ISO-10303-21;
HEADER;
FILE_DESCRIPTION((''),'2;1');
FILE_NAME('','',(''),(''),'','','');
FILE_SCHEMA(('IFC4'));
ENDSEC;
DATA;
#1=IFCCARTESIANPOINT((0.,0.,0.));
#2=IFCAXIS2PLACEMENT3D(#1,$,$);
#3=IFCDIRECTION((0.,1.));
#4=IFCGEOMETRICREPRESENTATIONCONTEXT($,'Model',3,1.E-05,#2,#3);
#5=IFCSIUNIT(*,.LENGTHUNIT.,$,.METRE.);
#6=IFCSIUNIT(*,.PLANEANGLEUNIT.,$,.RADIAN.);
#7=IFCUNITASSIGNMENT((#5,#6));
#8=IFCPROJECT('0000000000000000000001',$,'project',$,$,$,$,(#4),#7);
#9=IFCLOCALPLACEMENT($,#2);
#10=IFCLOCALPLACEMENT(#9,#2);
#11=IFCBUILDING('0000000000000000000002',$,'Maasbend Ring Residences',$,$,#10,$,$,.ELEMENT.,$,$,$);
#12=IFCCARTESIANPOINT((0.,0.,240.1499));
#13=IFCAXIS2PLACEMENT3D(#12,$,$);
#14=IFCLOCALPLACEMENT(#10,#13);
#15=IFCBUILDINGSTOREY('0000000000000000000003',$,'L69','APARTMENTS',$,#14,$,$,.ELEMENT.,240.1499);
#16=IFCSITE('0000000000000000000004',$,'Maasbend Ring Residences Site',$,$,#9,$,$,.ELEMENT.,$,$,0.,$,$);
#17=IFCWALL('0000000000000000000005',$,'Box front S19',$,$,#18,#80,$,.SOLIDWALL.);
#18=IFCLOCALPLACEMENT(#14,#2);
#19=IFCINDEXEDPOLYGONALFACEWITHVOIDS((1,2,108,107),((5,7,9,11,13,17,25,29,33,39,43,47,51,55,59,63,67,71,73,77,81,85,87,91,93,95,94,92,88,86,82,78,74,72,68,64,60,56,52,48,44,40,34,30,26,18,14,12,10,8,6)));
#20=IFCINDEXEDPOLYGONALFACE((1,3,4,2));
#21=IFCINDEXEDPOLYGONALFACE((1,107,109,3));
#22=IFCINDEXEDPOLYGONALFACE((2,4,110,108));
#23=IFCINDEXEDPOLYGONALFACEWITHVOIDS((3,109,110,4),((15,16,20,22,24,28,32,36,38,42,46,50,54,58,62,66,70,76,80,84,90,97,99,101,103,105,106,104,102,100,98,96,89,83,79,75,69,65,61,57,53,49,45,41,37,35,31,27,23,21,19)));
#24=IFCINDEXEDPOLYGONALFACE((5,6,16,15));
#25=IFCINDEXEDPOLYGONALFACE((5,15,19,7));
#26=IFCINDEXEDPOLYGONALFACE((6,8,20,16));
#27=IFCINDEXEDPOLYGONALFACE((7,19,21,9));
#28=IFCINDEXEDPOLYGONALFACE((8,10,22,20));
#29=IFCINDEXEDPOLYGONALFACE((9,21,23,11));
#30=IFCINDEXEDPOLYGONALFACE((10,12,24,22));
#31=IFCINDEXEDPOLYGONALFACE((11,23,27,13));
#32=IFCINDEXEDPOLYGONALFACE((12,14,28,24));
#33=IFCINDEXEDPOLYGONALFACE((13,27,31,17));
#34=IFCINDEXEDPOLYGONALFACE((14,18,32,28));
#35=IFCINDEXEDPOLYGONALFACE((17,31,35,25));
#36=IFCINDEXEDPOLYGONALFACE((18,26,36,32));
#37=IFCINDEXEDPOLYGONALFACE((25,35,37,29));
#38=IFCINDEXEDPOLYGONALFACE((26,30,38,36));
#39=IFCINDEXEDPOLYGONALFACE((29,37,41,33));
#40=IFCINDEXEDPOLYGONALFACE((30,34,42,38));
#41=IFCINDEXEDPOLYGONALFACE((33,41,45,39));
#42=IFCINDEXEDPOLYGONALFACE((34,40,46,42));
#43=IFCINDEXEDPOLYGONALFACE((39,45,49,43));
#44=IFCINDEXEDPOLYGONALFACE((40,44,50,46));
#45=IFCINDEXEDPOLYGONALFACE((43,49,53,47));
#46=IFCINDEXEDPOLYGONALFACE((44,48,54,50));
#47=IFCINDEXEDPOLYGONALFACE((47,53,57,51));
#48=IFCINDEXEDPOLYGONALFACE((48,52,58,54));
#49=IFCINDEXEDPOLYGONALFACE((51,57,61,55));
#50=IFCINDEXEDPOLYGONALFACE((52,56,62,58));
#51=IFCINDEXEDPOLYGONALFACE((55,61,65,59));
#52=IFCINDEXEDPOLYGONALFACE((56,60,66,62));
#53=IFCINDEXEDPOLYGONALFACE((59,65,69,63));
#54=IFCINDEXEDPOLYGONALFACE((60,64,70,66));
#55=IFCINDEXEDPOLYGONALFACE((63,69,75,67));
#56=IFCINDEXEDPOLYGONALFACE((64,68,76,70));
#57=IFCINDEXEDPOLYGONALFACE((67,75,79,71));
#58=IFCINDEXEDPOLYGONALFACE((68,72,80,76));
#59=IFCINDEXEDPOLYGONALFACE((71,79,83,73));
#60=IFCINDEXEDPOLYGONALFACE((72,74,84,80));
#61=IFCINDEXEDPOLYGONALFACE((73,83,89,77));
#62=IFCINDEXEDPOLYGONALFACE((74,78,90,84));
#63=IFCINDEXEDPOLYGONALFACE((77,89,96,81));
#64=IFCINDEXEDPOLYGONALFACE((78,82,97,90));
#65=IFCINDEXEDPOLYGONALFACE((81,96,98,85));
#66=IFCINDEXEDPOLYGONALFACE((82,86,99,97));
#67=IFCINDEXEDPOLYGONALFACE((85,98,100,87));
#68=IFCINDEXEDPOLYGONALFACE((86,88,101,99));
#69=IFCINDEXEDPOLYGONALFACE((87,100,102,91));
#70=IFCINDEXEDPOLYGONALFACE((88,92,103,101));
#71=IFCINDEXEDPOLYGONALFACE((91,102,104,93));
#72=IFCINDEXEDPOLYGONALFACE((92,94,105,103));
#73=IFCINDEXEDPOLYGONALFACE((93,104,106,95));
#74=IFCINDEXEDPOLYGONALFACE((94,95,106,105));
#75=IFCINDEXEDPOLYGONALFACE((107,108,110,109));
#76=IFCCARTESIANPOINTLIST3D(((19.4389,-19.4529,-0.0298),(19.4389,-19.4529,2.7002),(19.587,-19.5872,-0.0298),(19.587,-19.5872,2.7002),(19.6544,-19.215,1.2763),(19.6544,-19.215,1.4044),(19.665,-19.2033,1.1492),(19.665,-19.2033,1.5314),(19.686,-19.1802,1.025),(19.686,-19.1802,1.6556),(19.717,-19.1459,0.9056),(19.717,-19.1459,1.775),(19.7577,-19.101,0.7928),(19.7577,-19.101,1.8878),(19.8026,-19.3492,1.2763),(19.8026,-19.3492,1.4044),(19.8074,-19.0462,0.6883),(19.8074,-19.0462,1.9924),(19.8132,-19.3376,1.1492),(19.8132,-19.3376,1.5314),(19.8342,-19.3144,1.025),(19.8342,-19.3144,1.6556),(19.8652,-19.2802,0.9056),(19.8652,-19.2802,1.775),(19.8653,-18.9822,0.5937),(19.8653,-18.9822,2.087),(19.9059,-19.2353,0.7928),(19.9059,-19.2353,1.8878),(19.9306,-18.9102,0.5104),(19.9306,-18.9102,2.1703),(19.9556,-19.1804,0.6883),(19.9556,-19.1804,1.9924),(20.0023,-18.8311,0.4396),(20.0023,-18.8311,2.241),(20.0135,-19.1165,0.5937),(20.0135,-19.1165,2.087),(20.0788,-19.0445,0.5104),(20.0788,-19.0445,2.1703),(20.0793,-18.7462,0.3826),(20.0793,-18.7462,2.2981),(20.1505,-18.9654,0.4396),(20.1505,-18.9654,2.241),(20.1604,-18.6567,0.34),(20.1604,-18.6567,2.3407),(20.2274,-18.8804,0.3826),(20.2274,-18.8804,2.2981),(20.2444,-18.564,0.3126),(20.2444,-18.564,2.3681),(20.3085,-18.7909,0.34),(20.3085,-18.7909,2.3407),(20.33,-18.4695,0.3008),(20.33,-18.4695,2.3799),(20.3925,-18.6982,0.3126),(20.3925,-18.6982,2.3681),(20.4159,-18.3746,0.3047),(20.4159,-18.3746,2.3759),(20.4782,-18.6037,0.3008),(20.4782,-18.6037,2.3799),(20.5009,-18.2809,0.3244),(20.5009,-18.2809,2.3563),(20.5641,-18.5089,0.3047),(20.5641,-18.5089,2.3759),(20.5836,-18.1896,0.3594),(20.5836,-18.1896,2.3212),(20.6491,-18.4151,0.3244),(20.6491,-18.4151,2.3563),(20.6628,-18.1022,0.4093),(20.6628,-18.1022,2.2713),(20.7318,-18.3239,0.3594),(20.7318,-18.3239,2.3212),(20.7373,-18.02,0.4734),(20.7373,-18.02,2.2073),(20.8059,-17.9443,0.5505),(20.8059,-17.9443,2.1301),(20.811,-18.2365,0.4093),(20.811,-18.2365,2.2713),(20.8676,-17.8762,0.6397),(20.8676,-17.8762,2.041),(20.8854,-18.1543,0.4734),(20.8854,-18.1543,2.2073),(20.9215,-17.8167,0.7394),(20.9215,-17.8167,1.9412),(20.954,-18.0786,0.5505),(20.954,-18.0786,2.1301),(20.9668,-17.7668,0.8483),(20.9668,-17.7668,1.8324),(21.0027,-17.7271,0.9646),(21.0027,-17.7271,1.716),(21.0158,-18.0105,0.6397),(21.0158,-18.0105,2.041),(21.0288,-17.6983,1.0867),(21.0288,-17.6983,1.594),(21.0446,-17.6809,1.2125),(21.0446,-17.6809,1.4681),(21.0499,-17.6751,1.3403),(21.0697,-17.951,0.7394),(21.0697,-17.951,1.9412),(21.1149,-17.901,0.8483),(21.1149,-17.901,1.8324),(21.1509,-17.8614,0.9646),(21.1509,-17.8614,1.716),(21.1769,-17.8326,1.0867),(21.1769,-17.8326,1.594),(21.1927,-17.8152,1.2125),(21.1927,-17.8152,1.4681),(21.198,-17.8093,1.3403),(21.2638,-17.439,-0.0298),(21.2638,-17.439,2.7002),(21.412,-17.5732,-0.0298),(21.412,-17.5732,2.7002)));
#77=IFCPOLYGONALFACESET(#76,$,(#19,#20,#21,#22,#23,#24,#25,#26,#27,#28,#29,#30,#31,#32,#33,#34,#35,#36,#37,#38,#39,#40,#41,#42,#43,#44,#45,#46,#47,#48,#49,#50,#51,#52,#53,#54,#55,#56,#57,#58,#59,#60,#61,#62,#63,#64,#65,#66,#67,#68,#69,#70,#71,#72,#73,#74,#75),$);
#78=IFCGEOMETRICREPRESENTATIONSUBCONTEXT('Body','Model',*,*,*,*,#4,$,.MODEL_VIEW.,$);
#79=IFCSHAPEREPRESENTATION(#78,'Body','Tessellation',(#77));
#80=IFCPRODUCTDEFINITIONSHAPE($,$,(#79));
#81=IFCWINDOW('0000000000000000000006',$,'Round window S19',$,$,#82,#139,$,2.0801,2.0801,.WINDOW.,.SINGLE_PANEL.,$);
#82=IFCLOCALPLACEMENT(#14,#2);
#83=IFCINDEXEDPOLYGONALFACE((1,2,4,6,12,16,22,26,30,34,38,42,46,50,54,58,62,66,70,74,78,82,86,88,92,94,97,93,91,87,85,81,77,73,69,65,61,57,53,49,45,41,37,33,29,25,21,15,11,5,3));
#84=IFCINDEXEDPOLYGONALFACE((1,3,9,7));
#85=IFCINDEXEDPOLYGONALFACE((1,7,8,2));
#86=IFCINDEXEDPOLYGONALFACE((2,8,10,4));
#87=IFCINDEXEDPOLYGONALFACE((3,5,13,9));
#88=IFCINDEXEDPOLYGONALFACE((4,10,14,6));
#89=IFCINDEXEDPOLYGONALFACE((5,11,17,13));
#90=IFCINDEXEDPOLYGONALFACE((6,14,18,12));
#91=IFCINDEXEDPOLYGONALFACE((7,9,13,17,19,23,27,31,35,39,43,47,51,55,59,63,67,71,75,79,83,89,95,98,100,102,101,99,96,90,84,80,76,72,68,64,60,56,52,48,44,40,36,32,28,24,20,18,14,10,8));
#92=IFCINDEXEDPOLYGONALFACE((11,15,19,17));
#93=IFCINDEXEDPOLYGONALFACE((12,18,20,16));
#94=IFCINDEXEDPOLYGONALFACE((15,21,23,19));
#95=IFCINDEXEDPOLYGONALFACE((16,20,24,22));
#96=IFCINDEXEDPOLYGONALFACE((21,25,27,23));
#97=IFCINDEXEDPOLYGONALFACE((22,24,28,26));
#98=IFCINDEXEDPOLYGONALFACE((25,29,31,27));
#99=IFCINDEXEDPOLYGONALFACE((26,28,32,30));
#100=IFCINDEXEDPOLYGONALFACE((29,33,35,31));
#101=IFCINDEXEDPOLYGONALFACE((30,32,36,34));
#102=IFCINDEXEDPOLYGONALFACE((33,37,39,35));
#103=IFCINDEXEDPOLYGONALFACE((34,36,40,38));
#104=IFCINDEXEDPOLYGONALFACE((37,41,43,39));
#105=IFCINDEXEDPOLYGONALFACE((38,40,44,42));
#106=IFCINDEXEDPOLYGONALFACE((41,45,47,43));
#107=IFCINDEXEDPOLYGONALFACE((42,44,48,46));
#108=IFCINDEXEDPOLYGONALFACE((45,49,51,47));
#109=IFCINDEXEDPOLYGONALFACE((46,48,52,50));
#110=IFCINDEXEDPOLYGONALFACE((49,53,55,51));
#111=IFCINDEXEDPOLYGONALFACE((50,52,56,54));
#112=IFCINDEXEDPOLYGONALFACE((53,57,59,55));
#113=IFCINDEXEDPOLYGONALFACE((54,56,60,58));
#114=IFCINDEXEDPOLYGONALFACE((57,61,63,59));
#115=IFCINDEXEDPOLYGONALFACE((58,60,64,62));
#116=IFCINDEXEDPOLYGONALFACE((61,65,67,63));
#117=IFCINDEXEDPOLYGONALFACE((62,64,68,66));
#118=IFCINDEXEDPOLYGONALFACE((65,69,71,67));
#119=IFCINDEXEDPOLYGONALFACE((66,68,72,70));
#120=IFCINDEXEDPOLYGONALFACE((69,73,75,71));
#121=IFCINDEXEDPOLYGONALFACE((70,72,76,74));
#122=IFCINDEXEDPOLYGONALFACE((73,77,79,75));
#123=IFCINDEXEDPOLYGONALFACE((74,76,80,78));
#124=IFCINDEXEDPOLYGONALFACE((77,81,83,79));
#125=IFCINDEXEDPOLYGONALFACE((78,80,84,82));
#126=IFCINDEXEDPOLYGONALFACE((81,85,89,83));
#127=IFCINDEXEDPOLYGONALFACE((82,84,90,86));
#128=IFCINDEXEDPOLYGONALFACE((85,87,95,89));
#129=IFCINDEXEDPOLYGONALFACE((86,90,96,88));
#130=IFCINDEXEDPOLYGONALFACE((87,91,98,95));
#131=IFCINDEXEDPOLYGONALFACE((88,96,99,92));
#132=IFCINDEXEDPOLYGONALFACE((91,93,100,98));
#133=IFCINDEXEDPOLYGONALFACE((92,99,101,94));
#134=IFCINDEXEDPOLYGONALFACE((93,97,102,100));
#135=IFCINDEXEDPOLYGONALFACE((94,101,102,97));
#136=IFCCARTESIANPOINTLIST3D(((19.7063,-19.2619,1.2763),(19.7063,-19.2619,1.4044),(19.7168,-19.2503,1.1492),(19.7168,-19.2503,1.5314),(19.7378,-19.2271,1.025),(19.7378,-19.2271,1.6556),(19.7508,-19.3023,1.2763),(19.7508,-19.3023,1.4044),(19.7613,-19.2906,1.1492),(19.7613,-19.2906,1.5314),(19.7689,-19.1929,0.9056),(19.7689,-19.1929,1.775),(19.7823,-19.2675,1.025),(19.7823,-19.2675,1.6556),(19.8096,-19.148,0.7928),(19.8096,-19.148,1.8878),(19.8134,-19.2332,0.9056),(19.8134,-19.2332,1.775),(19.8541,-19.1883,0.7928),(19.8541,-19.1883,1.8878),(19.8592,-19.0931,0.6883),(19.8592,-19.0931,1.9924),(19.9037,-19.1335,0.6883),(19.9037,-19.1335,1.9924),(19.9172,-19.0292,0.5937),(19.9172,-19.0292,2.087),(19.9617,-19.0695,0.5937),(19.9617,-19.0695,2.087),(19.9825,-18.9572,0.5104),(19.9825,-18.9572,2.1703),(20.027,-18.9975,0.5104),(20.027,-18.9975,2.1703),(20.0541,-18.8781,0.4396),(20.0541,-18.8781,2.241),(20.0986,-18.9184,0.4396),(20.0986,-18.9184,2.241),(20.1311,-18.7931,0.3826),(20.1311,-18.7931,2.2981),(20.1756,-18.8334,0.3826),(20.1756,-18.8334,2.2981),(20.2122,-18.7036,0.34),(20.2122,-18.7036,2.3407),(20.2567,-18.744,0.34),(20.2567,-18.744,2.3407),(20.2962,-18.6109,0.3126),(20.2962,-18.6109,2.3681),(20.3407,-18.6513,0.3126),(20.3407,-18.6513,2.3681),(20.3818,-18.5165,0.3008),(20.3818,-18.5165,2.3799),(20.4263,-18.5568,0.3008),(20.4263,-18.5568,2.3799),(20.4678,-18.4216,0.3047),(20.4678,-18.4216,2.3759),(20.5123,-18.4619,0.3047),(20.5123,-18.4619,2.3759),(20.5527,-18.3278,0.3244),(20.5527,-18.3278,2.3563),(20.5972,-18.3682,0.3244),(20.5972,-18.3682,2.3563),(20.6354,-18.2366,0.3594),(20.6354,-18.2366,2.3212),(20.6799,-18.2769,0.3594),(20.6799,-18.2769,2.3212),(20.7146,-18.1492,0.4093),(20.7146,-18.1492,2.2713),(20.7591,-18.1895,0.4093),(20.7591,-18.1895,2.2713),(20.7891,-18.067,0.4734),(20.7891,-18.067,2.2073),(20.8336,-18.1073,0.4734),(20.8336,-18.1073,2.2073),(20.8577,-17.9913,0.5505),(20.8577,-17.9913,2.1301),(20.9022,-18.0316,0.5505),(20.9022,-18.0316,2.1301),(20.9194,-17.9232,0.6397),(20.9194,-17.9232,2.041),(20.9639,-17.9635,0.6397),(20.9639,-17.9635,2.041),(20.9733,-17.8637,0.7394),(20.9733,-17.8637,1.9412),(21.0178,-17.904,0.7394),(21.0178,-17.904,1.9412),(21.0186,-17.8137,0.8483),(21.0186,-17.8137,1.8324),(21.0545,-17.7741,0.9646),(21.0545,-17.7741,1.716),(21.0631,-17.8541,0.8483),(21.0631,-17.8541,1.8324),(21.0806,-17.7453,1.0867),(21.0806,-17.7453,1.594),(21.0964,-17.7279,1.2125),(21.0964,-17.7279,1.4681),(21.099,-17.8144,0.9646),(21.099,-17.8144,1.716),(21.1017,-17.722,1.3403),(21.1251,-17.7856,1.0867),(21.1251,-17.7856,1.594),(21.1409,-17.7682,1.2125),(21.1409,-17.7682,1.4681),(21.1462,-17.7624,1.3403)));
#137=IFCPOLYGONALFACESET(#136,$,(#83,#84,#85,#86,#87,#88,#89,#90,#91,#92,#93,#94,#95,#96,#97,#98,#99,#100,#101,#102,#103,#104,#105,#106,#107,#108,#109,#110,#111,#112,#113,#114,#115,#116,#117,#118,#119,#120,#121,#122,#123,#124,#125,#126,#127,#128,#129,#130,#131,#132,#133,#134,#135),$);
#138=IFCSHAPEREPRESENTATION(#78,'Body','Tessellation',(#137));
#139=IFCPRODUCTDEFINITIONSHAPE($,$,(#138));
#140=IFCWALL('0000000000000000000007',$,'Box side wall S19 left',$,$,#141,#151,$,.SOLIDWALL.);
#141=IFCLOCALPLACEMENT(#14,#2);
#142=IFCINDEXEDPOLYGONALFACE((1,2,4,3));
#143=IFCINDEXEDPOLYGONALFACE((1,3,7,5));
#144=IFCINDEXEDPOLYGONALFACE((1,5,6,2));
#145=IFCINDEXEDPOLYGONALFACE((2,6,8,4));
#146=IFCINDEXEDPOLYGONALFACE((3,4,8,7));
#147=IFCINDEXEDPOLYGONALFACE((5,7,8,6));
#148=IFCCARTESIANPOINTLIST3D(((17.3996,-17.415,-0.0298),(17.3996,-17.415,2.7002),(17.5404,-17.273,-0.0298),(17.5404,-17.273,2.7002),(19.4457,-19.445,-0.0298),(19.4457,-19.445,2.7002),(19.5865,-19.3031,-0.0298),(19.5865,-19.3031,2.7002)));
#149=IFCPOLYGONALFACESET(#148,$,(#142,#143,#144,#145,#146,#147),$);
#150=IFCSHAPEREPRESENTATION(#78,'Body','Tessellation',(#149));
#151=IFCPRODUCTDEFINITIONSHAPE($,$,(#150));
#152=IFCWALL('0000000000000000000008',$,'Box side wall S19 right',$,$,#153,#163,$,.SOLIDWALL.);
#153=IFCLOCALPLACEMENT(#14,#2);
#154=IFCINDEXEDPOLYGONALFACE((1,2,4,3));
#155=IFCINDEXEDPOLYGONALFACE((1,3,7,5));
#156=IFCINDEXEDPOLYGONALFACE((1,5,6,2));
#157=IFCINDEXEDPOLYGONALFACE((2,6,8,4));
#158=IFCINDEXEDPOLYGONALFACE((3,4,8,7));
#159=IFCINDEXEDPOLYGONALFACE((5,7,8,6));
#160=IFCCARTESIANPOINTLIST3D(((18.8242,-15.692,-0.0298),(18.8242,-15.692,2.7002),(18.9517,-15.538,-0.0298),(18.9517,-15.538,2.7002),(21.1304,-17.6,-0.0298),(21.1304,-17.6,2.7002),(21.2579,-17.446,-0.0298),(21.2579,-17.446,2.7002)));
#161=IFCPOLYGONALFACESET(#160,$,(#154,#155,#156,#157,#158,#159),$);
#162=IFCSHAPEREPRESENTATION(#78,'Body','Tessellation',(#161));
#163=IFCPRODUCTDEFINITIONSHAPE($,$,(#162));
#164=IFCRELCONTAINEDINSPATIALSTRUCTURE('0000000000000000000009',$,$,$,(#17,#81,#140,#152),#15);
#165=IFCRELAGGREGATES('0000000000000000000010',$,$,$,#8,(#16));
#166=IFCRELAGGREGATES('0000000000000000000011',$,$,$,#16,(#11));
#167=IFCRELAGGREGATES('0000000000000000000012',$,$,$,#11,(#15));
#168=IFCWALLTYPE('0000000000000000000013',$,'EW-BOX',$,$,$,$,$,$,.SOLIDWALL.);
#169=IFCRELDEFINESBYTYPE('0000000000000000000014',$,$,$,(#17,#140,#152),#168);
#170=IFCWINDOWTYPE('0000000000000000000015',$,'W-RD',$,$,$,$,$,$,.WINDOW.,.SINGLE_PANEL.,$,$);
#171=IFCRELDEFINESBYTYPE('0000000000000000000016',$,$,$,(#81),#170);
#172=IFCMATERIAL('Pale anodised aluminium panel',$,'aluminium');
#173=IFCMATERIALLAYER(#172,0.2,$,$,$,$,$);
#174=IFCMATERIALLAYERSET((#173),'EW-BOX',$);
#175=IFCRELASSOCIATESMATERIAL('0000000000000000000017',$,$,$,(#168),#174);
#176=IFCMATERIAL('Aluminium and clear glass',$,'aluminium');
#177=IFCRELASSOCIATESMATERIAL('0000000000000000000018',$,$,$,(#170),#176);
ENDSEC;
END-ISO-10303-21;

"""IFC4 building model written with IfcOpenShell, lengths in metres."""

from ifc_helpers import new_model, si_unit, direction, frame, frame_2d, origin, place, context, subcontext, project, spatial, rectangle, circle, extrude, material, layer, layer_set, type_object, element, fill, save


model = new_model("IFC4")

# Units and contexts
model_context = context("Model", 3, precision=1e-05, world=origin(), true_north=direction((0.0, 1.0)))
body_context = subcontext(model_context, "Body", "Model", "MODEL_VIEW")
ifc_project = project(units=[si_unit("LENGTHUNIT", "METRE"), si_unit("PLANEANGLEUNIT", "RADIAN")], contexts=[model_context])

# Site, building, storey
site_placement = place(None, origin())
site = spatial("IfcSite", under=ifc_project, at=site_placement, Name="Maasbend Ring Residences Site", CompositionType="ELEMENT", RefElevation=0.0)
building_placement = place(site_placement, origin())
building = spatial("IfcBuilding", under=site, at=building_placement, Name="Maasbend Ring Residences", CompositionType="ELEMENT")
storey_placement = place(building_placement, frame((0.0, 0.0, 240.1499)))
storey = spatial("IfcBuildingStorey", under=building, at=storey_placement, Name="L69", Description="APARTMENTS", CompositionType="ELEMENT", Elevation=240.1499)

# Shared definitions
ifc_material_1 = material(Name="Pale anodised aluminium panel", Category="aluminium")
ifc_layer_1 = layer(ifc_material_1, 0.2)
ifc_layer_set_1 = layer_set([ifc_layer_1], Name="EW-BOX")
wall_type_1 = type_object("IfcWallType", Name="EW-BOX", PredefinedType="SOLIDWALL", material=ifc_layer_set_1)
ifc_material_2 = material(Name="Aluminium and clear glass", Category="aluminium")
window_type_1 = type_object("IfcWindowType", Name="W-RD", PartitioningType="SINGLE_PANEL", PredefinedType="WINDOW", material=ifc_material_2)

# Wall, opening, window
wall_1_placement = place(storey_placement, frame((19.5129, -19.52, -0.0298), z_axis=(0.0, 0.0, 1.0), x_axis=(0.671487, 0.741016, 0.0)))
wall_1 = element("IfcWall", 1, at=wall_1_placement, inside=storey, type_object=wall_type_1, Name="Box front S19", PredefinedType="SOLIDWALL", context=body_context, shape_type="SweptSolid", body=[
    extrude(rectangle(XDim=2.7178, YDim=0.2, at=frame_2d((1.3589, 0.0))), origin(), (0.0, 0.0, 1.0), 2.73),
])
opening_1_placement = place(wall_1_placement, frame((0.3191, 0.0, 0.3301)))
opening_1 = element("IfcOpeningElement", 2, at=opening_1_placement, cuts=wall_1, PredefinedType="OPENING", context=body_context, shape_type="SweptSolid", body=[
    extrude(circle(Radius=1.04, at=frame_2d((1.04, 1.04))), frame((0.0, 0.1099, 0.0), z_axis=(0.0, -1.0, 0.0), x_axis=(1.0, 0.0, 0.0)), (0.0, 0.0, 1.0), 0.22),
])
window_1_placement = place(opening_1_placement, origin())
window_1 = element("IfcWindow", 3, at=window_1_placement, inside=storey, type_object=window_type_1, Name="Round window S19", OverallHeight=2.0801, OverallWidth=2.0801, PartitioningType="SINGLE_PANEL", PredefinedType="WINDOW", context=body_context, shape_type="SweptSolid", body=[
    extrude(circle(Radius=1.04, at=frame_2d((1.04, 1.04))), frame((0.0, 0.03, 0.0), z_axis=(0.0, -1.0, 0.0), x_axis=(1.0, 0.0, 0.0)), (0.0, 0.0, 1.0), 0.0601),
])
fill(opening_1, window_1)

# Walls
wall_2_placement = place(storey_placement, frame((17.47, -17.344, -0.0298), z_axis=(0.0, 0.0, 1.0), x_axis=(0.709896, -0.704306, 0.0)))
element("IfcWall", 4, at=wall_2_placement, inside=storey, type_object=wall_type_1, Name="Box side wall S19 left", PredefinedType="SOLIDWALL", context=body_context, shape_type="SweptSolid", body=[
    extrude(rectangle(XDim=2.8823, YDim=0.2, at=frame_2d((1.4412, 0.0))), origin(), (0.0, 0.0, 1.0), 2.73),
])
wall_3_placement = place(storey_placement, frame((18.8879, -15.615, -0.0298), z_axis=(0.0, 0.0, 1.0), x_axis=(0.77049, -0.637453, 0.0)))
element("IfcWall", 5, at=wall_3_placement, inside=storey, type_object=wall_type_1, Name="Box side wall S19 right", PredefinedType="SOLIDWALL", context=body_context, shape_type="SweptSolid", body=[
    extrude(rectangle(XDim=2.9932, YDim=0.2, at=frame_2d((1.4966, 0.0))), origin(), (0.0, 0.0, 1.0), 2.73),
])

save(model, "model.ifc")
